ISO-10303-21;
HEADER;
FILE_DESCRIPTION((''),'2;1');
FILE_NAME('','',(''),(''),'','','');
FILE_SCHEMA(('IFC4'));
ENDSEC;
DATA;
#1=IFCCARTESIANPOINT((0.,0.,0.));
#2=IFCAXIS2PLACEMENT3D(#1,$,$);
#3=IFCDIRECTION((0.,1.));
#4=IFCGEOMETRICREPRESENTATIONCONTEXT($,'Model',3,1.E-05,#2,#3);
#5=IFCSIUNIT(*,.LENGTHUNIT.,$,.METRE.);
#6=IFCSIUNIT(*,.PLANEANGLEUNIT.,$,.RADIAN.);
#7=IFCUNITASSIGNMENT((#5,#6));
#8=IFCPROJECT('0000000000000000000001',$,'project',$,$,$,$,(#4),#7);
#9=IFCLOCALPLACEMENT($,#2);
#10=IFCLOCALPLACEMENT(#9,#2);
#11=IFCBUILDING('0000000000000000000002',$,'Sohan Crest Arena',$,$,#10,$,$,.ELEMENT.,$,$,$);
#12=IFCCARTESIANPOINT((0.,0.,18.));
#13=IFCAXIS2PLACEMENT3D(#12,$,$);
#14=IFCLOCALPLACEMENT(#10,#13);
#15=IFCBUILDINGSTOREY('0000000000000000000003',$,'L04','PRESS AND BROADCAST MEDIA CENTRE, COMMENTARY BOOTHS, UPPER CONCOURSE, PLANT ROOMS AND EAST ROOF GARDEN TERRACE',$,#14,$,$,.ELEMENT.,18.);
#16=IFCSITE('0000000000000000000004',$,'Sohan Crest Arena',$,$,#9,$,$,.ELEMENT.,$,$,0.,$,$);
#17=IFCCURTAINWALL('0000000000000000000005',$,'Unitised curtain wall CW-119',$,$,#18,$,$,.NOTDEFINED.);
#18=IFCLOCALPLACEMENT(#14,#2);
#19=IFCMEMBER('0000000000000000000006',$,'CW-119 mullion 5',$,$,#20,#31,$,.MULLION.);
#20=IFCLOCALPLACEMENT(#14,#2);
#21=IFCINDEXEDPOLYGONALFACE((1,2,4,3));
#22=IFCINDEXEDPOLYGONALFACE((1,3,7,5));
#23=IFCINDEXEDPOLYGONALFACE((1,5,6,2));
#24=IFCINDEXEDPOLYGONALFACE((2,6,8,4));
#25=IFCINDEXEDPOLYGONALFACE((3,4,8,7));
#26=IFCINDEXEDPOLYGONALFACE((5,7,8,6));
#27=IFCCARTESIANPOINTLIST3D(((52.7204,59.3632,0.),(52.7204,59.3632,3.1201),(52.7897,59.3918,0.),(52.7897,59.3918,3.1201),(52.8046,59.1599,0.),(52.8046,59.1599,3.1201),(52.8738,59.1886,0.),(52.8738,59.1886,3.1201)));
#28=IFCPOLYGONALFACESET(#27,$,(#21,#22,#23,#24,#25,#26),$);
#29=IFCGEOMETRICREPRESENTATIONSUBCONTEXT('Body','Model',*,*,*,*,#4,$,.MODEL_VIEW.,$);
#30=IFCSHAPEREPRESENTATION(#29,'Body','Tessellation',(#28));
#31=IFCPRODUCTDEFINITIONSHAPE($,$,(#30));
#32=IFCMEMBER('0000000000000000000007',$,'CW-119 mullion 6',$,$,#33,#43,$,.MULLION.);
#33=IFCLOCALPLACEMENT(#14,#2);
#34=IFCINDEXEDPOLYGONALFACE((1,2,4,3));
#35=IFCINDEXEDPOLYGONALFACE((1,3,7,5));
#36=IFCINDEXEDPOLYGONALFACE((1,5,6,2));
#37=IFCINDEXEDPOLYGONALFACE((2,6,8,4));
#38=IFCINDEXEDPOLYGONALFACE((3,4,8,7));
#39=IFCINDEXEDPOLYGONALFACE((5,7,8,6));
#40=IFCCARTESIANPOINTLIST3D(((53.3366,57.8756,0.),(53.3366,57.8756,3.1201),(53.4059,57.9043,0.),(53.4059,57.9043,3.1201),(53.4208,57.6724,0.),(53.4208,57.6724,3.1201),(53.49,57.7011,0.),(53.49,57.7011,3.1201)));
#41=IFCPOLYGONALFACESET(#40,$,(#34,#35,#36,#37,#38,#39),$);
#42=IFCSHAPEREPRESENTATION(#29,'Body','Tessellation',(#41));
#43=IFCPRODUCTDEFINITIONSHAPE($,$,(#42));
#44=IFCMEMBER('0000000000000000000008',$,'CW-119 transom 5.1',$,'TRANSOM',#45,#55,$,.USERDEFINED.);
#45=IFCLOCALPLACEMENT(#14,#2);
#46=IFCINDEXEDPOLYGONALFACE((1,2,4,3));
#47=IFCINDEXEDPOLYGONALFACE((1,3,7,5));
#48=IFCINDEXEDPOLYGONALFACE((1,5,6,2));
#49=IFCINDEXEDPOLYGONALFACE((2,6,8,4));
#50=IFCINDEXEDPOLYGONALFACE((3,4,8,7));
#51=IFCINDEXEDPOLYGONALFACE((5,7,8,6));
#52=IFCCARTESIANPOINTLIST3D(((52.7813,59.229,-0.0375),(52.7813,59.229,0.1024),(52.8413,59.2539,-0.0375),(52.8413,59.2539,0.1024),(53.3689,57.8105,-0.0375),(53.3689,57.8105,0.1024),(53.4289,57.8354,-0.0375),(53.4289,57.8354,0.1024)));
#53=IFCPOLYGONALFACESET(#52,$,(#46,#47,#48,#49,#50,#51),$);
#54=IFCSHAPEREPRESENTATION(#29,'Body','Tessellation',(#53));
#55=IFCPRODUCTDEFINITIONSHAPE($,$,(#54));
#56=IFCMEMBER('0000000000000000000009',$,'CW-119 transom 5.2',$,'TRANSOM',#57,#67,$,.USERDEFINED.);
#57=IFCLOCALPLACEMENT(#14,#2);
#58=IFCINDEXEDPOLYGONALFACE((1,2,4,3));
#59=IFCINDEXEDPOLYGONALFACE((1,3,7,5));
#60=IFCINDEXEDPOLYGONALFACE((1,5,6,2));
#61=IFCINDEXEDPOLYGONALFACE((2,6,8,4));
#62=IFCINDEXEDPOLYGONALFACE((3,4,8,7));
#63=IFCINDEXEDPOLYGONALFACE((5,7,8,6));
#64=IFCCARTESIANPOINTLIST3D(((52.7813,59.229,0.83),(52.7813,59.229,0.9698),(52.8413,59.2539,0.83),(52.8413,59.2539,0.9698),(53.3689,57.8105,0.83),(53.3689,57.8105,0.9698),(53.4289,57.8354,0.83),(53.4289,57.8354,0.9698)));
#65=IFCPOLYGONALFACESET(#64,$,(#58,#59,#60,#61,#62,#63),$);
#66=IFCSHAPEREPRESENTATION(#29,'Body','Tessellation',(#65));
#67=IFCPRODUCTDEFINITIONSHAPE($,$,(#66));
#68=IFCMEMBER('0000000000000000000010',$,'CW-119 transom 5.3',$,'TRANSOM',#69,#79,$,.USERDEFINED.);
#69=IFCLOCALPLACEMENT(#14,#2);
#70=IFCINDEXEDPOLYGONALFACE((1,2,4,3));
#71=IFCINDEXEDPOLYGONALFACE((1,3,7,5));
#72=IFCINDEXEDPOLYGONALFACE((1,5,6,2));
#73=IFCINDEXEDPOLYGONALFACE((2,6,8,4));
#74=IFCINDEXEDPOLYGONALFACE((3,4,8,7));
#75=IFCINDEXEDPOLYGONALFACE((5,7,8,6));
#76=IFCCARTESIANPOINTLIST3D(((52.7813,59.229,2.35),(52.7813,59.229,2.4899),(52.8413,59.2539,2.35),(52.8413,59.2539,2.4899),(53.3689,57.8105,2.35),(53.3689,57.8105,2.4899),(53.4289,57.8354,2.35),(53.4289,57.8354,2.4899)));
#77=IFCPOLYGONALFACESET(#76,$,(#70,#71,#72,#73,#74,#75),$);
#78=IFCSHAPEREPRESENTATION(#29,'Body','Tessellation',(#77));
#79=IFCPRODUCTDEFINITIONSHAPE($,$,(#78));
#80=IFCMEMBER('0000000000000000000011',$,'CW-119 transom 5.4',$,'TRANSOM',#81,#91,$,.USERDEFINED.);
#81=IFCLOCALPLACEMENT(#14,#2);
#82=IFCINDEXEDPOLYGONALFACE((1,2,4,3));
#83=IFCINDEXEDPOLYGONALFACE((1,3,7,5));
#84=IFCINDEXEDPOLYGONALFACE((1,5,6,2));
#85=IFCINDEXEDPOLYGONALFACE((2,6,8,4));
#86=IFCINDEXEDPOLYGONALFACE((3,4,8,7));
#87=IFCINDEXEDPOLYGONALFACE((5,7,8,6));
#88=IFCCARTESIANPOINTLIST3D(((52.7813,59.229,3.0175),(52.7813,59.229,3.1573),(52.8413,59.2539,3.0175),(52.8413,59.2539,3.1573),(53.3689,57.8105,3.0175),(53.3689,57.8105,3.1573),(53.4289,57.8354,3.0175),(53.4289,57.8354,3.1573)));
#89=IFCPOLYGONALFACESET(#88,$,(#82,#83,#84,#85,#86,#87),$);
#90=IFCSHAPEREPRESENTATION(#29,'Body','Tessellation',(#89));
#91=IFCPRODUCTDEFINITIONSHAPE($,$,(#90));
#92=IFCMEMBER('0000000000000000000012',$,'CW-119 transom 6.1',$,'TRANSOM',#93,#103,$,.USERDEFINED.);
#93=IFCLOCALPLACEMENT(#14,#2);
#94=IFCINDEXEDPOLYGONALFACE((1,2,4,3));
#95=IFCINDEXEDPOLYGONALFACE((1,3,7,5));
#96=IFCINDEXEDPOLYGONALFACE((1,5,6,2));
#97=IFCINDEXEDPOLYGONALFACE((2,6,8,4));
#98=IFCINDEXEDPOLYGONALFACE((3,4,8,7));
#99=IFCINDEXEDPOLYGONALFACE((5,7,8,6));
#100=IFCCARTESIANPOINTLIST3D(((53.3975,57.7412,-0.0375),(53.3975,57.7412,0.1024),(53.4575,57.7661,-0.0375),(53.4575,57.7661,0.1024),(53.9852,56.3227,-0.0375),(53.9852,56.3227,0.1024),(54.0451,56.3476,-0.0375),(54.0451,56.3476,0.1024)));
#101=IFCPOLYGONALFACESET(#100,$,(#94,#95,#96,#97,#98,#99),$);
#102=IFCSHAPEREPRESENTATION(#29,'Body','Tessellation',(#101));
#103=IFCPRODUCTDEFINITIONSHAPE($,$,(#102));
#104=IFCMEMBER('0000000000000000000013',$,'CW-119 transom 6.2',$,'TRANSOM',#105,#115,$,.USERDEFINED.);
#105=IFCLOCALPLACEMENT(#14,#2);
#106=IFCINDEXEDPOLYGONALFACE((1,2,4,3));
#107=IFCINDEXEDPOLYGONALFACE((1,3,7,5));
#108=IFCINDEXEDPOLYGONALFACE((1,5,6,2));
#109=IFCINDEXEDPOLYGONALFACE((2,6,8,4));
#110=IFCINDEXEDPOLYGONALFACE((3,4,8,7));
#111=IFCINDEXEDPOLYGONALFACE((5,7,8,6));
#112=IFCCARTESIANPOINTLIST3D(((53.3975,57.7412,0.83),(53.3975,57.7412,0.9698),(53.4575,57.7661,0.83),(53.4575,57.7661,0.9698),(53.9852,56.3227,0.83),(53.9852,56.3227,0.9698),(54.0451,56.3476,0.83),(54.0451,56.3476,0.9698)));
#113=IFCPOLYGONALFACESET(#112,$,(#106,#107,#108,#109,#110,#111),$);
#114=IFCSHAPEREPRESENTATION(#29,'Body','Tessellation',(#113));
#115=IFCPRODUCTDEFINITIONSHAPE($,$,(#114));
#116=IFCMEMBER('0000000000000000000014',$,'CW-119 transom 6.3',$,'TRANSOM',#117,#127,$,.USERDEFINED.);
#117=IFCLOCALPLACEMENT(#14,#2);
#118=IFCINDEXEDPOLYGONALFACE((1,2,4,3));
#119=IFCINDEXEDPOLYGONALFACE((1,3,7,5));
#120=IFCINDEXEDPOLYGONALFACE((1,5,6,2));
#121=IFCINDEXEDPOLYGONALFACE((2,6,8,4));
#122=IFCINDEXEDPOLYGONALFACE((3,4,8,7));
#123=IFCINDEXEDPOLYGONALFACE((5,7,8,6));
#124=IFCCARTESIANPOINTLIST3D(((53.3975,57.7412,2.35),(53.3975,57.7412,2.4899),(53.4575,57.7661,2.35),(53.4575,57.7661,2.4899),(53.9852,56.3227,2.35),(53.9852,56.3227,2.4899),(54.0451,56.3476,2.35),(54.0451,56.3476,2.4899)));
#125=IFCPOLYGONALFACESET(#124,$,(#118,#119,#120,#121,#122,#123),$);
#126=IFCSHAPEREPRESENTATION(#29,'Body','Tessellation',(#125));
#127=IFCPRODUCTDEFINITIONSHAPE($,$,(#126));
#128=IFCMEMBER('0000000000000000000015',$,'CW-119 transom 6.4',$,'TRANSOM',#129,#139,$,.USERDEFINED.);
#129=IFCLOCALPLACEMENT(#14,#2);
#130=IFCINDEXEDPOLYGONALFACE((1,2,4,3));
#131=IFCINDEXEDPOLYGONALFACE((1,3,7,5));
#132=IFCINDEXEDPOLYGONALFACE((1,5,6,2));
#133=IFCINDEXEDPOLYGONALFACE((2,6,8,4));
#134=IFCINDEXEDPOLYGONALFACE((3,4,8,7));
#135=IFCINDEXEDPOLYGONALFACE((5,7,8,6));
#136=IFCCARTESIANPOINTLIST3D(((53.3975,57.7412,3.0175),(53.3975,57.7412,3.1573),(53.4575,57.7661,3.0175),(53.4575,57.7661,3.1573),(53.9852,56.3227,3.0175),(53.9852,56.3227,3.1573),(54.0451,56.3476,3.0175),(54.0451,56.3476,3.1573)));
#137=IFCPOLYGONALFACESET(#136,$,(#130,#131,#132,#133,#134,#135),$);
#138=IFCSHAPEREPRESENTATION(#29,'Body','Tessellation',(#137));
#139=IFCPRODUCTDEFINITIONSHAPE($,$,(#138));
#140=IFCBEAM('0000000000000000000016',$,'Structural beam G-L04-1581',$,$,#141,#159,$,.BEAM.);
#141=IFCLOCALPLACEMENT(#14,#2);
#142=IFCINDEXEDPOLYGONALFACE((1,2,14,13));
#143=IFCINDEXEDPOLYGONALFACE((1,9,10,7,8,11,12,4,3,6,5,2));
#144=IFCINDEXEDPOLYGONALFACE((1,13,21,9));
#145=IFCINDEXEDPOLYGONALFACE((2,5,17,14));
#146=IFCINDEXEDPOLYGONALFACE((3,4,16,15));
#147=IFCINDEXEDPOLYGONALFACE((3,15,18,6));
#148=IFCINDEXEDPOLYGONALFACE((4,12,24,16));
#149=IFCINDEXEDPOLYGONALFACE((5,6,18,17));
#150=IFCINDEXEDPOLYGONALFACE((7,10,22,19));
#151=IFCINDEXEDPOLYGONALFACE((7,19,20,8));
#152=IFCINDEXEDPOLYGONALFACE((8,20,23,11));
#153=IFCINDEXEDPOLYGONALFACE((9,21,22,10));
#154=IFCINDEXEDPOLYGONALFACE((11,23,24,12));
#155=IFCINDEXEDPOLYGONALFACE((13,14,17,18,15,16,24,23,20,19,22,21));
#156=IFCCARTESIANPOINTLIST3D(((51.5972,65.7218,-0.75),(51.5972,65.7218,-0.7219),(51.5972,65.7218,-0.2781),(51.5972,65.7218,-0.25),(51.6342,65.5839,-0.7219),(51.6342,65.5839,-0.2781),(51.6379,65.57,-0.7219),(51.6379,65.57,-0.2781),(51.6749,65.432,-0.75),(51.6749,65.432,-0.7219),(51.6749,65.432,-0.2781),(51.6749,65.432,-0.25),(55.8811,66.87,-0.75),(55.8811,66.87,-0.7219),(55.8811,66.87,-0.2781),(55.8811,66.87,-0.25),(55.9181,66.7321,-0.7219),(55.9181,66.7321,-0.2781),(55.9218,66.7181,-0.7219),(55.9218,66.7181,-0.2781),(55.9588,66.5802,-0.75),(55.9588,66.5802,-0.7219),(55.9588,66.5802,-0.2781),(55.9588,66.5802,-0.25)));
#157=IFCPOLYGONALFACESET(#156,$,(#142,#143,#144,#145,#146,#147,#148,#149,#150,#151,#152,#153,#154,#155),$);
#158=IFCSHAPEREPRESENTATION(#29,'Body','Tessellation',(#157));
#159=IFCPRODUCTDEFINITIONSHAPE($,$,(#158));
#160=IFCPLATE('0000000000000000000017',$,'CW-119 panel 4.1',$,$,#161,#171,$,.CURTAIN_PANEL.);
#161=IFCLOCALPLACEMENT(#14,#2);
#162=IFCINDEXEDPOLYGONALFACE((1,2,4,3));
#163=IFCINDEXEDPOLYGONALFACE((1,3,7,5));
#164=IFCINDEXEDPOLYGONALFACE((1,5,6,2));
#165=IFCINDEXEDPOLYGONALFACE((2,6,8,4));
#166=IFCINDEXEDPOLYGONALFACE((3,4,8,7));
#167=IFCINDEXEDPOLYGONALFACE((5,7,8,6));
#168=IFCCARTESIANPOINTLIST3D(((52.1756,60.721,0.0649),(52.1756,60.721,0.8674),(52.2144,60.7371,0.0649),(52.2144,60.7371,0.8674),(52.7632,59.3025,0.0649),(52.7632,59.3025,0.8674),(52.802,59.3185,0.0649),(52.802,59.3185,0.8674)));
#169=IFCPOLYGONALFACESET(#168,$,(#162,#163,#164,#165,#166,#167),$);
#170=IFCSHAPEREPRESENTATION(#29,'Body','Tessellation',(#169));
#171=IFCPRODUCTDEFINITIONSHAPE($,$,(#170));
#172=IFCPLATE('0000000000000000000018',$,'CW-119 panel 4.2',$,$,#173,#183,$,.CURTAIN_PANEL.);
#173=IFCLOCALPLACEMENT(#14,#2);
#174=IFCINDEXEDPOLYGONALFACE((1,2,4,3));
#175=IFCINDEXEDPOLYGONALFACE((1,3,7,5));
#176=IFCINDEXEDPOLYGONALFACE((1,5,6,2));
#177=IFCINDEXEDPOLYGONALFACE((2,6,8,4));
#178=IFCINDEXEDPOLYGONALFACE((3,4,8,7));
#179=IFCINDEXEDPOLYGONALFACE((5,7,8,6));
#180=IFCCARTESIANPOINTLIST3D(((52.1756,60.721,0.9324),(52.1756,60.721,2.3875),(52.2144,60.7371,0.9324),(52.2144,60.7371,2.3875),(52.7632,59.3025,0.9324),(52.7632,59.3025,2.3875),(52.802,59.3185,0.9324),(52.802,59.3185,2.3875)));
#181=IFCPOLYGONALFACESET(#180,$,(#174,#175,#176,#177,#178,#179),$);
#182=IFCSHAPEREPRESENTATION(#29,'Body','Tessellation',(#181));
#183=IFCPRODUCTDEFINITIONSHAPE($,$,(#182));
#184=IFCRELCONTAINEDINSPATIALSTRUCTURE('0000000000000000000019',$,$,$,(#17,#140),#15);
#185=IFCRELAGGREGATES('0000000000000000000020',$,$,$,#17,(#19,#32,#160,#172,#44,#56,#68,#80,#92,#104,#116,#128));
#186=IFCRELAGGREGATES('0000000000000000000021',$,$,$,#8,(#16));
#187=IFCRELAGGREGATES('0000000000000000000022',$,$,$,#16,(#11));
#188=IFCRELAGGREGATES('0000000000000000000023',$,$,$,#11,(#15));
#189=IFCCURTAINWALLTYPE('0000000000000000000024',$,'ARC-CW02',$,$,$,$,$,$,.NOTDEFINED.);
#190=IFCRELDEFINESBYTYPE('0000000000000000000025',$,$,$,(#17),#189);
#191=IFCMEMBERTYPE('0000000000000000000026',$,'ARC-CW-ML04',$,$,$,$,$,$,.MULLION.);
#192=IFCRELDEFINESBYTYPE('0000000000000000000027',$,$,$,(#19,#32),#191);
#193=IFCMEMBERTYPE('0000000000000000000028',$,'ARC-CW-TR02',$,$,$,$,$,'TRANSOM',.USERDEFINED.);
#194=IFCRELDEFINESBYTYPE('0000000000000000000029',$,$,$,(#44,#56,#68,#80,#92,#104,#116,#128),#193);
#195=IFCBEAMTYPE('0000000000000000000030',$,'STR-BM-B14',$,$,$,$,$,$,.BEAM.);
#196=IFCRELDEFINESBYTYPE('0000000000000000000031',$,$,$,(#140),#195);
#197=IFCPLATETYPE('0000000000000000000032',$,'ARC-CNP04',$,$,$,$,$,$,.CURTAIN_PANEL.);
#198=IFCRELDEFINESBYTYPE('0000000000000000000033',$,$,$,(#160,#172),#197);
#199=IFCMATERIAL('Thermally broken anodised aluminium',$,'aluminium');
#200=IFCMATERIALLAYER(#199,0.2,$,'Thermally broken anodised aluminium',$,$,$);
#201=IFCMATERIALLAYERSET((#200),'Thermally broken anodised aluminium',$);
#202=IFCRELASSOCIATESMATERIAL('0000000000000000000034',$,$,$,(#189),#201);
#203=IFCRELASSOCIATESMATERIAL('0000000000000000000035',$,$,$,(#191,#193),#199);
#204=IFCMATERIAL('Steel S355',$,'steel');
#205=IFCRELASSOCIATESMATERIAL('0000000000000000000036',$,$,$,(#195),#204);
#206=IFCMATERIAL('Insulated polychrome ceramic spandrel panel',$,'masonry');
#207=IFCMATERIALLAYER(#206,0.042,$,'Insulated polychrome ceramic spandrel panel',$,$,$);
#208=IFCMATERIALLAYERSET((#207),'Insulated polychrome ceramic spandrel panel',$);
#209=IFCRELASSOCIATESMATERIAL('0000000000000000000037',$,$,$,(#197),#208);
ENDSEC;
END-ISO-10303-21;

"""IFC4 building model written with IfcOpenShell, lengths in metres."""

from ifc_helpers import new_model, si_unit, direction, frame, origin, origin_2d, place, context, subcontext, project, spatial, rectangle, i_section, extrude, material, layer, layer_set, material_profile, profile_set, type_object, element, aggregate, save


model = new_model("IFC4")

# Units and contexts
model_context = context("Model", 3, precision=1e-05, world=origin(), true_north=direction((0.0, 1.0)))
body_context = subcontext(model_context, "Body", "Model", "MODEL_VIEW")
ifc_project = project(units=[si_unit("LENGTHUNIT", "METRE"), si_unit("PLANEANGLEUNIT", "RADIAN")], contexts=[model_context])

# Site, building, storey
site_placement = place(None, origin())
site = spatial("IfcSite", under=ifc_project, at=site_placement, Name="Sohan Crest Arena", CompositionType="ELEMENT", RefElevation=0.0)
building_placement = place(site_placement, origin())
building = spatial("IfcBuilding", under=site, at=building_placement, Name="Sohan Crest Arena", CompositionType="ELEMENT")
storey_placement = place(building_placement, frame((0.0, 0.0, 18.0)))
storey = spatial("IfcBuildingStorey", under=building, at=storey_placement, Name="L04", Description="PRESS AND BROADCAST MEDIA CENTRE, COMMENTARY BOOTHS, UPPER CONCOURSE, PLANT ROOMS AND EAST ROOF GARDEN TERRACE", CompositionType="ELEMENT", Elevation=18.0)

# Curtain wall, members
ifc_material_1 = material(Name="Thermally broken anodised aluminium", Category="aluminium")
ifc_layer_1 = layer(ifc_material_1, 0.2, Name="Thermally broken anodised aluminium")
ifc_layer_set_1 = layer_set([ifc_layer_1], Name="Thermally broken anodised aluminium")
curtain_wall_type = type_object("IfcCurtainWallType", Name="ARC-CW02", PredefinedType="NOTDEFINED", material=ifc_layer_set_1)
curtain_wall_placement = place(storey_placement, origin())
curtain_wall = element("IfcCurtainWall", 1, at=curtain_wall_placement, inside=storey, type_object=curtain_wall_type, Name="Unitised curtain wall CW-119", PredefinedType="NOTDEFINED")
ifc_material_profile_1 = material_profile(ifc_material_1, rectangle(XDim=0.075, YDim=0.22, at=origin_2d()), Name="ALU-MULL 75x220")
ifc_profile_set_1 = profile_set([ifc_material_profile_1], Name="Thermally broken anodised aluminium")
member_type_1 = type_object("IfcMemberType", Name="ARC-CW-ML04", PredefinedType="MULLION", material=ifc_profile_set_1)
member_1_placement = place(storey_placement, frame((52.7971, 59.2759, 0.0), z_axis=(0.0, 0.0, 1.0), x_axis=(0.923879, 0.382685, 0.0)))
member_1 = element("IfcMember", 2, at=member_1_placement, type_object=member_type_1, Name="CW-119 mullion 5", PredefinedType="MULLION", context=body_context, shape_type="SweptSolid", body=[
    extrude(rectangle(XDim=0.075, YDim=0.22, at=origin_2d()), origin(), (0.0, 0.0, 1.0), 3.1201),
])
member_2_placement = place(storey_placement, frame((53.4133, 57.7883, 0.0), z_axis=(0.0, 0.0, 1.0), x_axis=(0.923879, 0.382685, 0.0)))
member_2 = element("IfcMember", 3, at=member_2_placement, type_object=member_type_1, Name="CW-119 mullion 6", PredefinedType="MULLION", context=body_context, shape_type="SweptSolid", body=[
    extrude(rectangle(XDim=0.075, YDim=0.22, at=origin_2d()), origin(), (0.0, 0.0, 1.0), 3.1201),
])
ifc_material_profile_2 = material_profile(ifc_material_1, rectangle(XDim=0.0649, YDim=0.1399, at=origin_2d()), Name="ALU-TRAN 65x140")
ifc_profile_set_2 = profile_set([ifc_material_profile_2], Name="Thermally broken anodised aluminium")
member_type_2 = type_object("IfcMemberType", Name="ARC-CW-TR02", ElementType="TRANSOM", PredefinedType="USERDEFINED", material=ifc_profile_set_2)
member_3_placement = place(storey_placement, frame((52.8113, 59.2415, 0.0325), z_axis=(0.38274, -0.923856, 0.0), x_axis=(0.923856, 0.38274, 0.0)))
member_3 = element("IfcMember", 4, at=member_3_placement, type_object=member_type_2, Name="CW-119 transom 5.1", ObjectType="TRANSOM", PredefinedType="USERDEFINED", context=body_context, shape_type="SweptSolid", body=[
    extrude(rectangle(XDim=0.0649, YDim=0.1399, at=origin_2d()), origin(), (0.0, 0.0, 1.0), 1.5354),
])
member_4_placement = place(storey_placement, frame((52.8113, 59.2415, 0.8999), z_axis=(0.38274, -0.923856, 0.0), x_axis=(0.923856, 0.38274, 0.0)))
member_4 = element("IfcMember", 5, at=member_4_placement, type_object=member_type_2, Name="CW-119 transom 5.2", ObjectType="TRANSOM", PredefinedType="USERDEFINED", context=body_context, shape_type="SweptSolid", body=[
    extrude(rectangle(XDim=0.0649, YDim=0.1399, at=origin_2d()), origin(), (0.0, 0.0, 1.0), 1.5354),
])
member_5_placement = place(storey_placement, frame((52.8113, 59.2415, 2.4199), z_axis=(0.38274, -0.923856, 0.0), x_axis=(0.923856, 0.38274, 0.0)))
member_5 = element("IfcMember", 6, at=member_5_placement, type_object=member_type_2, Name="CW-119 transom 5.3", ObjectType="TRANSOM", PredefinedType="USERDEFINED", context=body_context, shape_type="SweptSolid", body=[
    extrude(rectangle(XDim=0.0649, YDim=0.1399, at=origin_2d()), origin(), (0.0, 0.0, 1.0), 1.5354),
])
member_6_placement = place(storey_placement, frame((52.8113, 59.2415, 3.0874), z_axis=(0.38274, -0.923856, 0.0), x_axis=(0.923856, 0.38274, 0.0)))
member_6 = element("IfcMember", 7, at=member_6_placement, type_object=member_type_2, Name="CW-119 transom 5.4", ObjectType="TRANSOM", PredefinedType="USERDEFINED", context=body_context, shape_type="SweptSolid", body=[
    extrude(rectangle(XDim=0.0649, YDim=0.1399, at=origin_2d()), origin(), (0.0, 0.0, 1.0), 1.5354),
])
member_7_placement = place(storey_placement, frame((53.4275, 57.7537, 0.0325), z_axis=(0.38274, -0.923856, 0.0), x_axis=(0.923856, 0.38274, 0.0)))
member_7 = element("IfcMember", 8, at=member_7_placement, type_object=member_type_2, Name="CW-119 transom 6.1", ObjectType="TRANSOM", PredefinedType="USERDEFINED", context=body_context, shape_type="SweptSolid", body=[
    extrude(rectangle(XDim=0.0649, YDim=0.1399, at=origin_2d()), origin(), (0.0, 0.0, 1.0), 1.5354),
])
member_8_placement = place(storey_placement, frame((53.4275, 57.7537, 0.8999), z_axis=(0.38274, -0.923856, 0.0), x_axis=(0.923856, 0.38274, 0.0)))
member_8 = element("IfcMember", 9, at=member_8_placement, type_object=member_type_2, Name="CW-119 transom 6.2", ObjectType="TRANSOM", PredefinedType="USERDEFINED", context=body_context, shape_type="SweptSolid", body=[
    extrude(rectangle(XDim=0.0649, YDim=0.1399, at=origin_2d()), origin(), (0.0, 0.0, 1.0), 1.5354),
])
member_9_placement = place(storey_placement, frame((53.4275, 57.7537, 2.4199), z_axis=(0.38274, -0.923856, 0.0), x_axis=(0.923856, 0.38274, 0.0)))
member_9 = element("IfcMember", 10, at=member_9_placement, type_object=member_type_2, Name="CW-119 transom 6.3", ObjectType="TRANSOM", PredefinedType="USERDEFINED", context=body_context, shape_type="SweptSolid", body=[
    extrude(rectangle(XDim=0.0649, YDim=0.1399, at=origin_2d()), origin(), (0.0, 0.0, 1.0), 1.5354),
])
member_10_placement = place(storey_placement, frame((53.4275, 57.7537, 3.0874), z_axis=(0.38274, -0.923856, 0.0), x_axis=(0.923856, 0.38274, 0.0)))
member_10 = element("IfcMember", 11, at=member_10_placement, type_object=member_type_2, Name="CW-119 transom 6.4", ObjectType="TRANSOM", PredefinedType="USERDEFINED", context=body_context, shape_type="SweptSolid", body=[
    extrude(rectangle(XDim=0.0649, YDim=0.1399, at=origin_2d()), origin(), (0.0, 0.0, 1.0), 1.5354),
])

# Beam
ifc_material_2 = material(Name="Steel S355", Category="steel")
ifc_material_profile_3 = material_profile(ifc_material_2, i_section(OverallWidth=0.3, OverallDepth=0.5, WebThickness=0.0144, FlangeThickness=0.0281, at=origin_2d()), Name="HEB 500")
ifc_profile_set_3 = profile_set([ifc_material_profile_3], Name="Steel S355")
beam_type = type_object("IfcBeamType", Name="STR-BM-B14", PredefinedType="BEAM", material=ifc_profile_set_3)
beam_placement = place(storey_placement, frame((55.9199, 66.7251, -0.5), z_axis=(-0.965908, -0.258886, 0.0), x_axis=(0.258886, -0.965908, 0.0)))
element("IfcBeam", 12, at=beam_placement, inside=storey, type_object=beam_type, Name="Structural beam G-L04-1581", PredefinedType="BEAM", context=body_context, shape_type="SweptSolid", body=[
    extrude(i_section(OverallWidth=0.3, OverallDepth=0.5, WebThickness=0.0144, FlangeThickness=0.0281, at=origin_2d()), origin(), (0.0, 0.0, 1.0), 4.4351),
])

# Plates
ifc_material_3 = material(Name="Insulated polychrome ceramic spandrel panel", Category="masonry")
ifc_layer_2 = layer(ifc_material_3, 0.042, Name="Insulated polychrome ceramic spandrel panel")
ifc_layer_set_2 = layer_set([ifc_layer_2], Name="Insulated polychrome ceramic spandrel panel")
plate_type = type_object("IfcPlateType", Name="ARC-CNP04", PredefinedType="CURTAIN_PANEL", material=ifc_layer_set_2)
plate_1_placement = place(storey_placement, frame((52.4888, 60.0198, 0.0649), z_axis=(0.0, 0.0, 1.0), x_axis=(0.382685, -0.923879, 0.0)))
plate_1 = element("IfcPlate", 13, at=plate_1_placement, type_object=plate_type, Name="CW-119 panel 4.1", PredefinedType="CURTAIN_PANEL", context=body_context, shape_type="SweptSolid", body=[
    extrude(rectangle(XDim=1.5354, YDim=0.042, at=origin_2d()), origin(), (0.0, 0.0, 1.0), 0.8025),
])
plate_2_placement = place(storey_placement, frame((52.4888, 60.0198, 0.9324), z_axis=(0.0, 0.0, 1.0), x_axis=(0.382685, -0.923879, 0.0)))
plate_2 = element("IfcPlate", 14, at=plate_2_placement, type_object=plate_type, Name="CW-119 panel 4.2", PredefinedType="CURTAIN_PANEL", context=body_context, shape_type="SweptSolid", body=[
    extrude(rectangle(XDim=1.5354, YDim=0.042, at=origin_2d()), origin(), (0.0, 0.0, 1.0), 1.4551),
])
aggregate(curtain_wall, [member_1, member_2, plate_1, plate_2, member_3, member_4, member_5, member_6, member_7, member_8, member_9, member_10])

save(model, "model.ifc")
